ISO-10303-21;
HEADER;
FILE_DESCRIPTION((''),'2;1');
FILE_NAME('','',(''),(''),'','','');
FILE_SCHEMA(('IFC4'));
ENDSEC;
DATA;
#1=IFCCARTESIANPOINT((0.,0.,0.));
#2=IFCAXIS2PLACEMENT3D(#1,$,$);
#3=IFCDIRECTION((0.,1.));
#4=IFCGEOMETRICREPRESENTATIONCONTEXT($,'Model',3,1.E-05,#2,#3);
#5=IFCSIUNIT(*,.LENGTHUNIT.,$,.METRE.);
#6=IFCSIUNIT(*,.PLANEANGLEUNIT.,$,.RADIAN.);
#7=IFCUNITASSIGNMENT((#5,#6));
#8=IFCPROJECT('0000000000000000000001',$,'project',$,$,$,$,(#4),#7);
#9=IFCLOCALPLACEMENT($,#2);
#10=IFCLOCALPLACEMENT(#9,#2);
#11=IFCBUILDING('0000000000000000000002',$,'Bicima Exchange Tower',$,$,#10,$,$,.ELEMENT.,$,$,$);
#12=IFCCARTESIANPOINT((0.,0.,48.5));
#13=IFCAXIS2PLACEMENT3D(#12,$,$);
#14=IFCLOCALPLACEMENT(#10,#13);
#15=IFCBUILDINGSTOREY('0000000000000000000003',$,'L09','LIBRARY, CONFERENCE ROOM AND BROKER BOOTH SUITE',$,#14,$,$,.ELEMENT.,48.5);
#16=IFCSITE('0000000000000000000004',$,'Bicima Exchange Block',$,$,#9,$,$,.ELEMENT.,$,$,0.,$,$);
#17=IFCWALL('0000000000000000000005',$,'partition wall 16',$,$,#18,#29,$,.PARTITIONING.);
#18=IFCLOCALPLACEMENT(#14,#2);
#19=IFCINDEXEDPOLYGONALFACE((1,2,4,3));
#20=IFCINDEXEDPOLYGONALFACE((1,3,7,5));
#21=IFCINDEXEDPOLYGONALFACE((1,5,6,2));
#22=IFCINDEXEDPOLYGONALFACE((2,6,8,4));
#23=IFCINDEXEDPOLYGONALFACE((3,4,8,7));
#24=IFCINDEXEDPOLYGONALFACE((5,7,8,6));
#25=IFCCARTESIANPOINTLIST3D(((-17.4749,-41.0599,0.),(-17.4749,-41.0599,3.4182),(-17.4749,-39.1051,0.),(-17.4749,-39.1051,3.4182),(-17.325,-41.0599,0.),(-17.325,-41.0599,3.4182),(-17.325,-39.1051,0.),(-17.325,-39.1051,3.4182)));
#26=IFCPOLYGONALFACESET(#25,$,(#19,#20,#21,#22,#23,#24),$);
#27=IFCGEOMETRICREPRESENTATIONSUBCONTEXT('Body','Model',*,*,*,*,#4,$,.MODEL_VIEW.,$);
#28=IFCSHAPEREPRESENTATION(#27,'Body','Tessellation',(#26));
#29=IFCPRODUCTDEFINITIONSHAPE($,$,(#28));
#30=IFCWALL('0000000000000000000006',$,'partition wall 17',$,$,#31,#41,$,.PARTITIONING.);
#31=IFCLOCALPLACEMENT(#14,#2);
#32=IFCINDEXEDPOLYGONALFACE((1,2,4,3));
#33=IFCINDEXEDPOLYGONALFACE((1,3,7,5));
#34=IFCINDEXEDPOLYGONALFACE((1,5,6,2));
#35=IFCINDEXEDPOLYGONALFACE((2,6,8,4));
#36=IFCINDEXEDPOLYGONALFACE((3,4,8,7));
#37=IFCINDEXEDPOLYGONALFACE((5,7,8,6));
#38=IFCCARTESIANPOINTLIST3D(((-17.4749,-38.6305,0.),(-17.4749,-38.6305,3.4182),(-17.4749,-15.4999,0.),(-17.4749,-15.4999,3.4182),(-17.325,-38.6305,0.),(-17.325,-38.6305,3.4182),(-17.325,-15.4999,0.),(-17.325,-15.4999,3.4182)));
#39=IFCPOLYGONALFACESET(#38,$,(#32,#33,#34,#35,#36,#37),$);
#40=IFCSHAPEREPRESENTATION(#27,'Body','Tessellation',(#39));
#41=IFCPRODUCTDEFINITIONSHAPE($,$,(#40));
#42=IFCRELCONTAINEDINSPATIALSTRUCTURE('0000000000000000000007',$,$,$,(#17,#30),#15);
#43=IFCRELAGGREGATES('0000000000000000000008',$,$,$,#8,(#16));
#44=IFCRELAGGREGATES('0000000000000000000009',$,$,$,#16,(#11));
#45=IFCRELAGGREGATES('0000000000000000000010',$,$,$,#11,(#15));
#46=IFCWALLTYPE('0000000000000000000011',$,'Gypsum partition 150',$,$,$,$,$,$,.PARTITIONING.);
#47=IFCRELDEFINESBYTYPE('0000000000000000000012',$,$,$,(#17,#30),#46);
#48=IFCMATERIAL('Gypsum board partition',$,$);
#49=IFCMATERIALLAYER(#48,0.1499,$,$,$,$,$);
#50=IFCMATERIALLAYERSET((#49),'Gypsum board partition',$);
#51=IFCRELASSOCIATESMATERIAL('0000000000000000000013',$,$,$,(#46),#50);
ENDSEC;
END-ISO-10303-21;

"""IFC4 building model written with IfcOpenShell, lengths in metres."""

from ifc_helpers import new_model, si_unit, direction, frame, frame_2d, origin, place, context, subcontext, project, spatial, rectangle, extrude, material, layer, layer_set, type_object, element, save


model = new_model("IFC4")

# Units and contexts
model_context = context("Model", 3, precision=1e-05, world=origin(), true_north=direction((0.0, 1.0)))
body_context = subcontext(model_context, "Body", "Model", "MODEL_VIEW")
ifc_project = project(units=[si_unit("LENGTHUNIT", "METRE"), si_unit("PLANEANGLEUNIT", "RADIAN")], contexts=[model_context])

# Site, building, storey
site_placement = place(None, origin())
site = spatial("IfcSite", under=ifc_project, at=site_placement, Name="Bicima Exchange Block", CompositionType="ELEMENT", RefElevation=0.0)
building_placement = place(site_placement, origin())
building = spatial("IfcBuilding", under=site, at=building_placement, Name="Bicima Exchange Tower", CompositionType="ELEMENT")
storey_placement = place(building_placement, frame((0.0, 0.0, 48.5)))
storey = spatial("IfcBuildingStorey", under=building, at=storey_placement, Name="L09", Description="LIBRARY, CONFERENCE ROOM AND BROKER BOOTH SUITE", CompositionType="ELEMENT", Elevation=48.5)

# Walls
ifc_material_1 = material(Name="Gypsum board partition")
ifc_layer_1 = layer(ifc_material_1, 0.1499)
ifc_layer_set_1 = layer_set([ifc_layer_1], Name="Gypsum board partition")
wall_type = type_object("IfcWallType", Name="Gypsum partition 150", PredefinedType="PARTITIONING", material=ifc_layer_set_1)
wall_1_placement = place(storey_placement, frame((-17.3999, -41.0601, 0.0), z_axis=(0.0, 0.0, 1.0), x_axis=(0.0, 1.0, 0.0)))
element("IfcWall", 1, at=wall_1_placement, inside=storey, type_object=wall_type, Name="partition wall 16", PredefinedType="PARTITIONING", context=body_context, shape_type="SweptSolid", body=[
    extrude(rectangle(XDim=1.9548, YDim=0.1499, at=frame_2d((0.9775, 0.0))), origin(), (0.0, 0.0, 1.0), 3.4182),
])
wall_2_placement = place(storey_placement, frame((-17.3999, -38.6306, 0.0), z_axis=(0.0, 0.0, 1.0), x_axis=(0.0, 1.0, 0.0)))
element("IfcWall", 2, at=wall_2_placement, inside=storey, type_object=wall_type, Name="partition wall 17", PredefinedType="PARTITIONING", context=body_context, shape_type="SweptSolid", body=[
    extrude(rectangle(XDim=23.1306, YDim=0.1499, at=frame_2d((11.5654, 0.0))), origin(), (0.0, 0.0, 1.0), 3.4182),
])

save(model, "model.ifc")
